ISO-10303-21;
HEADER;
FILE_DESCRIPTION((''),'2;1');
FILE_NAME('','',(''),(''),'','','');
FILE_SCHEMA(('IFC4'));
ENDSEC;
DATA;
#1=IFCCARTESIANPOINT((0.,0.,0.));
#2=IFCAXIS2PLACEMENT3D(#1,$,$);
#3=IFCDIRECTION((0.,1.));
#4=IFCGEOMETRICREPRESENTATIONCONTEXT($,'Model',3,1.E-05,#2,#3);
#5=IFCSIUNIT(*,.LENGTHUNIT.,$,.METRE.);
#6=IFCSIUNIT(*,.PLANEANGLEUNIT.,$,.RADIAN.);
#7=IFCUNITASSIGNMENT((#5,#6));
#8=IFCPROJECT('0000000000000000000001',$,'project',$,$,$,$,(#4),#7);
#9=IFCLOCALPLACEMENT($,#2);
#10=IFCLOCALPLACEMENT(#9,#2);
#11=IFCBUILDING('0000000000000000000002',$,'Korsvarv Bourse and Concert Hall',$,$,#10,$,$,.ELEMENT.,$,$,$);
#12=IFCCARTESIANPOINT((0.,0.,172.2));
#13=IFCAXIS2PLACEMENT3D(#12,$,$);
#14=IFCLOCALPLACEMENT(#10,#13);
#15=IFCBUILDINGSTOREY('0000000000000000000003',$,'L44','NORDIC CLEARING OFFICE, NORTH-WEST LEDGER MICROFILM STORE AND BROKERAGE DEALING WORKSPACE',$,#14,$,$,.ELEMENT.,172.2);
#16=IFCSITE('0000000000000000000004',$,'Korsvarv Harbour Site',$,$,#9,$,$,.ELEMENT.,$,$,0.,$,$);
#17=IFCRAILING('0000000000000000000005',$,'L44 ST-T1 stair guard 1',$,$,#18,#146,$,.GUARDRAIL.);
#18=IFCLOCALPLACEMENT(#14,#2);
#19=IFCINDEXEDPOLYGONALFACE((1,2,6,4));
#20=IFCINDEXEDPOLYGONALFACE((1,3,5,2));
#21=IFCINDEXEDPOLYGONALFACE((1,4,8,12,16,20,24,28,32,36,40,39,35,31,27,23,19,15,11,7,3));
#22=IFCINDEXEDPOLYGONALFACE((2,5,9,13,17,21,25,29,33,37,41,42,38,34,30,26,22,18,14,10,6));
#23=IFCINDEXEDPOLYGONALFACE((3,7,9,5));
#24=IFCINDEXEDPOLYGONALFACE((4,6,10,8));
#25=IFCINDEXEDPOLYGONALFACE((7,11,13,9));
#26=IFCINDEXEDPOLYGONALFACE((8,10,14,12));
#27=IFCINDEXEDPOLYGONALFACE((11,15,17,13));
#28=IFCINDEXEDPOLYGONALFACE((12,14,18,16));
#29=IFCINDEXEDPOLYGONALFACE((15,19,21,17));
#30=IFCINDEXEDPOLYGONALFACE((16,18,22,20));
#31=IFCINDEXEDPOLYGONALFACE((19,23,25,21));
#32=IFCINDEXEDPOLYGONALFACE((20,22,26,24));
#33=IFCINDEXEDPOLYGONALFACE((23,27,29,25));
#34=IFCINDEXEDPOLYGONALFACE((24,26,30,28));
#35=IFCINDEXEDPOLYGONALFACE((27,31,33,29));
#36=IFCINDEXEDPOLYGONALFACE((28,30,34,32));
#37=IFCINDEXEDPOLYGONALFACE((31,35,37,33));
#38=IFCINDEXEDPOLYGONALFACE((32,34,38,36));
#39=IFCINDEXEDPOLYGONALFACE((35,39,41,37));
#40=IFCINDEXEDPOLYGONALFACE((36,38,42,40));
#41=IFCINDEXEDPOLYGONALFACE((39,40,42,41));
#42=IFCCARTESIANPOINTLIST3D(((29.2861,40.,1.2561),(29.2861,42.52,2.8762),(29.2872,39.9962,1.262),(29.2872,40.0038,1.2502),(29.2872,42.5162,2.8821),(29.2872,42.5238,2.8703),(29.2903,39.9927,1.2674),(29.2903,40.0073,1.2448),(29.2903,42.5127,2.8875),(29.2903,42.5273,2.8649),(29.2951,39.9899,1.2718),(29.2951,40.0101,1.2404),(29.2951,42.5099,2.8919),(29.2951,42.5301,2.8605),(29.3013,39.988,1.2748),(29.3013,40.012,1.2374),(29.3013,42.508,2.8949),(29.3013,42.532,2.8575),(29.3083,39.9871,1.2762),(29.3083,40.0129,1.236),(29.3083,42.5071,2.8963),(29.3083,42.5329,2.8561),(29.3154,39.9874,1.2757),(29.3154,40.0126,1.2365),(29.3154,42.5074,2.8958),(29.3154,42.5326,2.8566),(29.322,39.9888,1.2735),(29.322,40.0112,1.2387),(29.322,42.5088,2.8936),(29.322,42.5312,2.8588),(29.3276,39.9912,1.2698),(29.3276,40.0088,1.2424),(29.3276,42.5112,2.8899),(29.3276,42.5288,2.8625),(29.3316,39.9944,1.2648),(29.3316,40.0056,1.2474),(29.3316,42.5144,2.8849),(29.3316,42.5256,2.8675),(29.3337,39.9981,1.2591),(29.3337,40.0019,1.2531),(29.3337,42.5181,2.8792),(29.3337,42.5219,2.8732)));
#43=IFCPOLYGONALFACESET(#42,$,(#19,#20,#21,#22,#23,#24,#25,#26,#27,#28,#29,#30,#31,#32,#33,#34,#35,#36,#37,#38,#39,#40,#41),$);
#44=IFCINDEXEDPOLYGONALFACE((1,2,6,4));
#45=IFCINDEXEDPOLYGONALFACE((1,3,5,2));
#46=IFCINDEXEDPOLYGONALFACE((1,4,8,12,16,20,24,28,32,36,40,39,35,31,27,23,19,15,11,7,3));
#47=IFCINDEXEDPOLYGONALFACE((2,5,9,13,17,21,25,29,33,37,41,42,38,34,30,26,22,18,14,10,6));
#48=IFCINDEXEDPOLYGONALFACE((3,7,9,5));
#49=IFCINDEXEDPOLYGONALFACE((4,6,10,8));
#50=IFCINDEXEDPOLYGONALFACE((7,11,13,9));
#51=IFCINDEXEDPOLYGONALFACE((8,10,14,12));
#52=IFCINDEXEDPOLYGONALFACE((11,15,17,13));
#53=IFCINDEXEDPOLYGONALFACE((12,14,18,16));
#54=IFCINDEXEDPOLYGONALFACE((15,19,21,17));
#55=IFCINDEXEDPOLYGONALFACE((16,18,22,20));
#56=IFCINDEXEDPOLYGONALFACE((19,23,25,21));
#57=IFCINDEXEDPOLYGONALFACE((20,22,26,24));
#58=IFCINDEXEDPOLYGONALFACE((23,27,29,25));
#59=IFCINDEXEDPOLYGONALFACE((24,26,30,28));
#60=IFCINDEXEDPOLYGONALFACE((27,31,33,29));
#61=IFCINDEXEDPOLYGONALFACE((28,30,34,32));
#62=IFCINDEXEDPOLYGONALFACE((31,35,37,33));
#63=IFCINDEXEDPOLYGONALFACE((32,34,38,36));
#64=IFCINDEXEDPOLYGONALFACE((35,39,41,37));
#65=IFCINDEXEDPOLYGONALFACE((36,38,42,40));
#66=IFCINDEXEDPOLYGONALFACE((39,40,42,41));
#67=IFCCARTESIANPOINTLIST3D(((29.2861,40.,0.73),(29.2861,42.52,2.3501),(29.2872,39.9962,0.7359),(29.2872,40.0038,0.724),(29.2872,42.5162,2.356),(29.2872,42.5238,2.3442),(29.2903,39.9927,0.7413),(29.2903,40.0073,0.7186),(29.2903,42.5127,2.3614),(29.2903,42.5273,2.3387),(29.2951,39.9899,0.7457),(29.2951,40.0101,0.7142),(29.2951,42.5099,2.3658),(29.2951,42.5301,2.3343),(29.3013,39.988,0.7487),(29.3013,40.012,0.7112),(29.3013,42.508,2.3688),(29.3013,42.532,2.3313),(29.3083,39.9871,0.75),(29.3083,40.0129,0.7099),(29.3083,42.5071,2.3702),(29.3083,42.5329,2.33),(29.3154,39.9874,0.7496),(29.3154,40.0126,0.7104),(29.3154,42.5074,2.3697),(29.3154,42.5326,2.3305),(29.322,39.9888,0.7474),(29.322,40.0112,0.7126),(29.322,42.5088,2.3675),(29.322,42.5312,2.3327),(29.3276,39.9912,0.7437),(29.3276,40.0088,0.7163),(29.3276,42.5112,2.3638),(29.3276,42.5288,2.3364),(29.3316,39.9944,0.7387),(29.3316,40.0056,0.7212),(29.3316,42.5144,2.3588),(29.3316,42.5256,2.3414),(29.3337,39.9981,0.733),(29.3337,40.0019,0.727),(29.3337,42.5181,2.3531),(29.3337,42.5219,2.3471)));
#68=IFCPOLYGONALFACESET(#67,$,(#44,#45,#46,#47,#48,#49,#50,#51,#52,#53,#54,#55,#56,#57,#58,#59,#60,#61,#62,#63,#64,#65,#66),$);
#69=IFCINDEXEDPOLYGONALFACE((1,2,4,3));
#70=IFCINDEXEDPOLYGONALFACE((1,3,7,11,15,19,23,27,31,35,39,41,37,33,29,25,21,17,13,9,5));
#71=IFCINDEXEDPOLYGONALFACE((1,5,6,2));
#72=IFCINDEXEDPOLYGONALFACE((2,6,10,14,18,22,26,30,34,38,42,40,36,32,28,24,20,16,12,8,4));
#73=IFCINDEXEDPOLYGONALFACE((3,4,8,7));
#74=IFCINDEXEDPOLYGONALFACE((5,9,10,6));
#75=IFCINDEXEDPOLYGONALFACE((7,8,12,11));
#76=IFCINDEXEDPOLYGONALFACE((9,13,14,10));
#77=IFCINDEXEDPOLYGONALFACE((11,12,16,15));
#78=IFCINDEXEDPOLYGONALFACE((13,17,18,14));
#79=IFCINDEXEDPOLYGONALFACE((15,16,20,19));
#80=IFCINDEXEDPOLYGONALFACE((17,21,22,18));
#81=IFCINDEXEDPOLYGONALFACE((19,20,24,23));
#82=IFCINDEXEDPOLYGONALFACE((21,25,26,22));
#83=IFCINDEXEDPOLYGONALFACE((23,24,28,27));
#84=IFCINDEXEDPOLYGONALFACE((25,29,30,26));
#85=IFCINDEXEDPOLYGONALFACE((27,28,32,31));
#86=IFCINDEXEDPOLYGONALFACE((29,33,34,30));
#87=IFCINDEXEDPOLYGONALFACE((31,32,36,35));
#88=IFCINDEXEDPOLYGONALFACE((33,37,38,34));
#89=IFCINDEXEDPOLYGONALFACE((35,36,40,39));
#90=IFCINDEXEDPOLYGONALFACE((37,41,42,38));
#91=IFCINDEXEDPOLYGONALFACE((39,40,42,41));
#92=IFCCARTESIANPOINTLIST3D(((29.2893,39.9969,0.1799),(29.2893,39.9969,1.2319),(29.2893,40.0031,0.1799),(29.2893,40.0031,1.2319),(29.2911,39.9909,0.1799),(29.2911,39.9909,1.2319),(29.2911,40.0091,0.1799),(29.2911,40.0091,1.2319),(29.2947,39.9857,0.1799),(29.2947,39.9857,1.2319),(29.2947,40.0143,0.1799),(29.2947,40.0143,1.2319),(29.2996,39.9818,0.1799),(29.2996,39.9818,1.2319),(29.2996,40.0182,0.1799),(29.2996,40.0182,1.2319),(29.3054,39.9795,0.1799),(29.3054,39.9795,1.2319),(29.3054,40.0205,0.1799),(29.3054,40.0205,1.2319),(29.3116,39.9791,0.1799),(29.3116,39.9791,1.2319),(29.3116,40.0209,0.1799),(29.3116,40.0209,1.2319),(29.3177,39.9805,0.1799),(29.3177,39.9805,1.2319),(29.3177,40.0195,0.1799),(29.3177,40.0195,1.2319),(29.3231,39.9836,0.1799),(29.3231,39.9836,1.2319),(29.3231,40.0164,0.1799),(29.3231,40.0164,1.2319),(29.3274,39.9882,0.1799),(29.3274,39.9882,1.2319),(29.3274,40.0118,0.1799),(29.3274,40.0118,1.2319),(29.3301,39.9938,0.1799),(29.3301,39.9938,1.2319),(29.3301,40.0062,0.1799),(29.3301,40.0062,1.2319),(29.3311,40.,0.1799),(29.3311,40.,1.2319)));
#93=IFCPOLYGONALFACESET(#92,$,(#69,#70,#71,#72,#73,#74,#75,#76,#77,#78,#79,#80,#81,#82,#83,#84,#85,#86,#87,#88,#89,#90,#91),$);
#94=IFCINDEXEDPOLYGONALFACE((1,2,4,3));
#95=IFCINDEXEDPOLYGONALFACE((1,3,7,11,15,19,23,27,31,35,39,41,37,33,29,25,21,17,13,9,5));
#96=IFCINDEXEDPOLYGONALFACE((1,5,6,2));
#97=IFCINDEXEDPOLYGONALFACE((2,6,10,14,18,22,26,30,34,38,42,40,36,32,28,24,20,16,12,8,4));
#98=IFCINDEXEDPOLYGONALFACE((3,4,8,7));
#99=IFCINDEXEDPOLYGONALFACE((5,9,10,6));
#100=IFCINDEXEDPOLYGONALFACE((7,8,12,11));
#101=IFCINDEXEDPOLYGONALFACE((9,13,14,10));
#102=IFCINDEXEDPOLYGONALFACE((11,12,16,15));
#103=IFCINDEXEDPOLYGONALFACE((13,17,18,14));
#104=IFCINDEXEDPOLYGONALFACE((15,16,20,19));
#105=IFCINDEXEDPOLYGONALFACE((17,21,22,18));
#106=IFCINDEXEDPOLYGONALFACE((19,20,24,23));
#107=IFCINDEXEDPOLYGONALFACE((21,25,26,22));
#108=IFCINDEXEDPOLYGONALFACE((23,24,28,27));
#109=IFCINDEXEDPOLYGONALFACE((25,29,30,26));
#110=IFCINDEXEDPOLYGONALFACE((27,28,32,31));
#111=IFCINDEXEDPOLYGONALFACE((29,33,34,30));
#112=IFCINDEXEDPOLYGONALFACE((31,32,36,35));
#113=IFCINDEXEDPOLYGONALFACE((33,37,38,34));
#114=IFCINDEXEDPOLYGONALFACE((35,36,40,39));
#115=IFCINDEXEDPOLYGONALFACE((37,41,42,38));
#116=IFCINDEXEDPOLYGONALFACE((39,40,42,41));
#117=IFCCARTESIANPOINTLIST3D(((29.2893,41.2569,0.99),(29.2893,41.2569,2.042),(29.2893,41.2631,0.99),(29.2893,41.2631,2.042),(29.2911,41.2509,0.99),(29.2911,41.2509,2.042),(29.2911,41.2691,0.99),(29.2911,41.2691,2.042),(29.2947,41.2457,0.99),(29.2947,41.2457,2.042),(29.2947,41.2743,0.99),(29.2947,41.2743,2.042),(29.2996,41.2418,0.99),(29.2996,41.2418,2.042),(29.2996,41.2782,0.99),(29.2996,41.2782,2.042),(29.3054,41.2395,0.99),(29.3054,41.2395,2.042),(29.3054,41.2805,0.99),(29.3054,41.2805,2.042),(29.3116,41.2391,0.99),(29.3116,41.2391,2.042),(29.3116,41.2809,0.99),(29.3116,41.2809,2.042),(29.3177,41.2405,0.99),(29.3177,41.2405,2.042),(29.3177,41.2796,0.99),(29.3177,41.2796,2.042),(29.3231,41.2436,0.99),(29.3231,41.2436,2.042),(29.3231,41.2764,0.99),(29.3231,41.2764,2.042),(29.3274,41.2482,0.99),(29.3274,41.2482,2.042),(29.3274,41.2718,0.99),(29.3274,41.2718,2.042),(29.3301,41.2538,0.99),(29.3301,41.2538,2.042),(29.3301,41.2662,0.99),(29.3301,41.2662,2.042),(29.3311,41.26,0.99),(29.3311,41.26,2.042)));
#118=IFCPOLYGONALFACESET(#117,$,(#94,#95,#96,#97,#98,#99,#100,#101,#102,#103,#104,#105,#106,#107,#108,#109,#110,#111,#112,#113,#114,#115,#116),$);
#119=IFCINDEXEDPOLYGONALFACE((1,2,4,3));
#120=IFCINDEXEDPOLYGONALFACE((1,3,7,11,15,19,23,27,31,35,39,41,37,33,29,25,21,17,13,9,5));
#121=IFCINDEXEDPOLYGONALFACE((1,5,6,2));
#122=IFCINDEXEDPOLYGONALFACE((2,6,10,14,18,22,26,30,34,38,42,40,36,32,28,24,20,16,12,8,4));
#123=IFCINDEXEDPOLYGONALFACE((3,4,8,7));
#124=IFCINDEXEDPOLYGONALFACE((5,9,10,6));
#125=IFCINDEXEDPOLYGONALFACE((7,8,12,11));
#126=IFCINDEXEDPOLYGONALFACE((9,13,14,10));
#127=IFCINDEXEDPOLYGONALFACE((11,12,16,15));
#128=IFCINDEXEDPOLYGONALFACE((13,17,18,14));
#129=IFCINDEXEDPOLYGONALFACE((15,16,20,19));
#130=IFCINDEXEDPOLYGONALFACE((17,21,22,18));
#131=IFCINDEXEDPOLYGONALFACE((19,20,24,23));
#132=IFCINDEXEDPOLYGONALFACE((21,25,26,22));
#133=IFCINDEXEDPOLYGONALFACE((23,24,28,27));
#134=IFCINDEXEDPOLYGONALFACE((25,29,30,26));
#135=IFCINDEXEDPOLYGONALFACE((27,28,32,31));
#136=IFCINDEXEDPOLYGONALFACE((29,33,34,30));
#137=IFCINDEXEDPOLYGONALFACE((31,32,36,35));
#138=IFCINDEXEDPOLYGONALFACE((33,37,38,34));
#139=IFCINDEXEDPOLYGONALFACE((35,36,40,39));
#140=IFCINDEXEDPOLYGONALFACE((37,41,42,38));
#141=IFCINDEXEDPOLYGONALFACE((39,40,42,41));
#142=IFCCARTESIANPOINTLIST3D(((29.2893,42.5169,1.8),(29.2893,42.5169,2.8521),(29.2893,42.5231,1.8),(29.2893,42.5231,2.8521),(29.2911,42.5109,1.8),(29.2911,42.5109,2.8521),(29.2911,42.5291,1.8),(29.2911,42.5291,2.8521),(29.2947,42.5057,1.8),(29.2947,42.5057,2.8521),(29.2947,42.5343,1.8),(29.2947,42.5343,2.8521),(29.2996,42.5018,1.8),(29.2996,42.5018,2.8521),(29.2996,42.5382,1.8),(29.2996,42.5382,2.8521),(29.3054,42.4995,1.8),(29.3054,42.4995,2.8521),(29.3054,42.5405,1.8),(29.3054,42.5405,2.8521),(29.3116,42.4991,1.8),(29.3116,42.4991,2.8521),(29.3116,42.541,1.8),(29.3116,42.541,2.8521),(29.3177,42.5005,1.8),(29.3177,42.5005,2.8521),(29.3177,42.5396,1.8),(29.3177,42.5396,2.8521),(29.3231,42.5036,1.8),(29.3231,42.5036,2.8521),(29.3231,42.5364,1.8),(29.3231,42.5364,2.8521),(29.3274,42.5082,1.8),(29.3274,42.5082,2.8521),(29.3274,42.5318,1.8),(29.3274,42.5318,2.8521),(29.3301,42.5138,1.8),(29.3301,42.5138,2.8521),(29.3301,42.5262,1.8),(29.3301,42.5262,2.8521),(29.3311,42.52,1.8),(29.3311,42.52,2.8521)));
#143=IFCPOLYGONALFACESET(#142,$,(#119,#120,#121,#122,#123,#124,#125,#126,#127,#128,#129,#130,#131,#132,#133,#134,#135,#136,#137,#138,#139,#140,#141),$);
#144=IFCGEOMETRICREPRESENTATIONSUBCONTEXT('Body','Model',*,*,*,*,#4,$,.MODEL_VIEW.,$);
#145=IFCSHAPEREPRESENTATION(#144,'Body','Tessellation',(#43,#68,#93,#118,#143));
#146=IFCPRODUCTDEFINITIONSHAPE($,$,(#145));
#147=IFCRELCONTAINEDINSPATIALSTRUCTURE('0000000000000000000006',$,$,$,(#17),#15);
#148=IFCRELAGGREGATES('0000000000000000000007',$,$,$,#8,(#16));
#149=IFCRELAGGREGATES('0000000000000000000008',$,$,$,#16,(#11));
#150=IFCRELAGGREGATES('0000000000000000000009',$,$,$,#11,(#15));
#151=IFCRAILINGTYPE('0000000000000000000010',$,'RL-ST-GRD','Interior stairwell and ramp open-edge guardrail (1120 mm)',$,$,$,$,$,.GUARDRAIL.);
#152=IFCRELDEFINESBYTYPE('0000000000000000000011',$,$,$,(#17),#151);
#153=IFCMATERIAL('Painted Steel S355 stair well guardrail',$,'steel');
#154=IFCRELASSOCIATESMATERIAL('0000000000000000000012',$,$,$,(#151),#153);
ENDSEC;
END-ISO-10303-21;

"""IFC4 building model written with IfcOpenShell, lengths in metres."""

from ifc_helpers import new_model, si_unit, direction, frame, origin, origin_2d, place, context, subcontext, project, spatial, circle, extrude, material, type_object, element, save


model = new_model("IFC4")

# Units and contexts
model_context = context("Model", 3, precision=1e-05, world=origin(), true_north=direction((0.0, 1.0)))
body_context = subcontext(model_context, "Body", "Model", "MODEL_VIEW")
ifc_project = project(units=[si_unit("LENGTHUNIT", "METRE"), si_unit("PLANEANGLEUNIT", "RADIAN")], contexts=[model_context])

# Site, building, storey
site_placement = place(None, origin())
site = spatial("IfcSite", under=ifc_project, at=site_placement, Name="Korsvarv Harbour Site", CompositionType="ELEMENT", RefElevation=0.0)
building_placement = place(site_placement, origin())
building = spatial("IfcBuilding", under=site, at=building_placement, Name="Korsvarv Bourse and Concert Hall", CompositionType="ELEMENT")
storey_placement = place(building_placement, frame((0.0, 0.0, 172.2)))
storey = spatial("IfcBuildingStorey", under=building, at=storey_placement, Name="L44", Description="NORDIC CLEARING OFFICE, NORTH-WEST LEDGER MICROFILM STORE AND BROKERAGE DEALING WORKSPACE", CompositionType="ELEMENT", Elevation=172.2)

# Railing
ifc_material_1 = material(Name="Painted Steel S355 stair well guardrail", Category="steel")
railing_type_1 = type_object("IfcRailingType", Name="RL-ST-GRD", Description="Interior stairwell and ramp open-edge guardrail (1120 mm)", PredefinedType="GUARDRAIL", material=ifc_material_1)
railing_1_placement = place(storey_placement, frame((29.3101, 40.0, 0.1799)))
element("IfcRailing", 1, at=railing_1_placement, inside=storey, type_object=railing_type_1, Name="L44 ST-T1 stair guard 1", PredefinedType="GUARDRAIL", context=body_context, shape_type="SweptSolid", body=[
    extrude(circle(Radius=0.0239, at=origin_2d()), frame((0.0, 0.0, 1.0762), z_axis=(0.0, 0.841163, 0.540782), x_axis=(-1.0, 0.0, 0.0)), (0.0, 0.0, 1.0), 2.9958),
    extrude(circle(Radius=0.0239, at=origin_2d()), frame((0.0, 0.0, 0.55), z_axis=(0.0, 0.841163, 0.540782), x_axis=(-1.0, 0.0, 0.0)), (0.0, 0.0, 1.0), 2.9958),
    extrude(circle(Radius=0.021, at=origin_2d()), origin(), (0.0, 0.0, 1.0), 1.052),
    extrude(circle(Radius=0.021, at=origin_2d()), frame((0.0, 1.26, 0.8101)), (0.0, 0.0, 1.0), 1.052),
    extrude(circle(Radius=0.021, at=origin_2d()), frame((0.0, 2.52, 1.6201)), (0.0, 0.0, 1.0), 1.052),
])

save(model, "model.ifc")
